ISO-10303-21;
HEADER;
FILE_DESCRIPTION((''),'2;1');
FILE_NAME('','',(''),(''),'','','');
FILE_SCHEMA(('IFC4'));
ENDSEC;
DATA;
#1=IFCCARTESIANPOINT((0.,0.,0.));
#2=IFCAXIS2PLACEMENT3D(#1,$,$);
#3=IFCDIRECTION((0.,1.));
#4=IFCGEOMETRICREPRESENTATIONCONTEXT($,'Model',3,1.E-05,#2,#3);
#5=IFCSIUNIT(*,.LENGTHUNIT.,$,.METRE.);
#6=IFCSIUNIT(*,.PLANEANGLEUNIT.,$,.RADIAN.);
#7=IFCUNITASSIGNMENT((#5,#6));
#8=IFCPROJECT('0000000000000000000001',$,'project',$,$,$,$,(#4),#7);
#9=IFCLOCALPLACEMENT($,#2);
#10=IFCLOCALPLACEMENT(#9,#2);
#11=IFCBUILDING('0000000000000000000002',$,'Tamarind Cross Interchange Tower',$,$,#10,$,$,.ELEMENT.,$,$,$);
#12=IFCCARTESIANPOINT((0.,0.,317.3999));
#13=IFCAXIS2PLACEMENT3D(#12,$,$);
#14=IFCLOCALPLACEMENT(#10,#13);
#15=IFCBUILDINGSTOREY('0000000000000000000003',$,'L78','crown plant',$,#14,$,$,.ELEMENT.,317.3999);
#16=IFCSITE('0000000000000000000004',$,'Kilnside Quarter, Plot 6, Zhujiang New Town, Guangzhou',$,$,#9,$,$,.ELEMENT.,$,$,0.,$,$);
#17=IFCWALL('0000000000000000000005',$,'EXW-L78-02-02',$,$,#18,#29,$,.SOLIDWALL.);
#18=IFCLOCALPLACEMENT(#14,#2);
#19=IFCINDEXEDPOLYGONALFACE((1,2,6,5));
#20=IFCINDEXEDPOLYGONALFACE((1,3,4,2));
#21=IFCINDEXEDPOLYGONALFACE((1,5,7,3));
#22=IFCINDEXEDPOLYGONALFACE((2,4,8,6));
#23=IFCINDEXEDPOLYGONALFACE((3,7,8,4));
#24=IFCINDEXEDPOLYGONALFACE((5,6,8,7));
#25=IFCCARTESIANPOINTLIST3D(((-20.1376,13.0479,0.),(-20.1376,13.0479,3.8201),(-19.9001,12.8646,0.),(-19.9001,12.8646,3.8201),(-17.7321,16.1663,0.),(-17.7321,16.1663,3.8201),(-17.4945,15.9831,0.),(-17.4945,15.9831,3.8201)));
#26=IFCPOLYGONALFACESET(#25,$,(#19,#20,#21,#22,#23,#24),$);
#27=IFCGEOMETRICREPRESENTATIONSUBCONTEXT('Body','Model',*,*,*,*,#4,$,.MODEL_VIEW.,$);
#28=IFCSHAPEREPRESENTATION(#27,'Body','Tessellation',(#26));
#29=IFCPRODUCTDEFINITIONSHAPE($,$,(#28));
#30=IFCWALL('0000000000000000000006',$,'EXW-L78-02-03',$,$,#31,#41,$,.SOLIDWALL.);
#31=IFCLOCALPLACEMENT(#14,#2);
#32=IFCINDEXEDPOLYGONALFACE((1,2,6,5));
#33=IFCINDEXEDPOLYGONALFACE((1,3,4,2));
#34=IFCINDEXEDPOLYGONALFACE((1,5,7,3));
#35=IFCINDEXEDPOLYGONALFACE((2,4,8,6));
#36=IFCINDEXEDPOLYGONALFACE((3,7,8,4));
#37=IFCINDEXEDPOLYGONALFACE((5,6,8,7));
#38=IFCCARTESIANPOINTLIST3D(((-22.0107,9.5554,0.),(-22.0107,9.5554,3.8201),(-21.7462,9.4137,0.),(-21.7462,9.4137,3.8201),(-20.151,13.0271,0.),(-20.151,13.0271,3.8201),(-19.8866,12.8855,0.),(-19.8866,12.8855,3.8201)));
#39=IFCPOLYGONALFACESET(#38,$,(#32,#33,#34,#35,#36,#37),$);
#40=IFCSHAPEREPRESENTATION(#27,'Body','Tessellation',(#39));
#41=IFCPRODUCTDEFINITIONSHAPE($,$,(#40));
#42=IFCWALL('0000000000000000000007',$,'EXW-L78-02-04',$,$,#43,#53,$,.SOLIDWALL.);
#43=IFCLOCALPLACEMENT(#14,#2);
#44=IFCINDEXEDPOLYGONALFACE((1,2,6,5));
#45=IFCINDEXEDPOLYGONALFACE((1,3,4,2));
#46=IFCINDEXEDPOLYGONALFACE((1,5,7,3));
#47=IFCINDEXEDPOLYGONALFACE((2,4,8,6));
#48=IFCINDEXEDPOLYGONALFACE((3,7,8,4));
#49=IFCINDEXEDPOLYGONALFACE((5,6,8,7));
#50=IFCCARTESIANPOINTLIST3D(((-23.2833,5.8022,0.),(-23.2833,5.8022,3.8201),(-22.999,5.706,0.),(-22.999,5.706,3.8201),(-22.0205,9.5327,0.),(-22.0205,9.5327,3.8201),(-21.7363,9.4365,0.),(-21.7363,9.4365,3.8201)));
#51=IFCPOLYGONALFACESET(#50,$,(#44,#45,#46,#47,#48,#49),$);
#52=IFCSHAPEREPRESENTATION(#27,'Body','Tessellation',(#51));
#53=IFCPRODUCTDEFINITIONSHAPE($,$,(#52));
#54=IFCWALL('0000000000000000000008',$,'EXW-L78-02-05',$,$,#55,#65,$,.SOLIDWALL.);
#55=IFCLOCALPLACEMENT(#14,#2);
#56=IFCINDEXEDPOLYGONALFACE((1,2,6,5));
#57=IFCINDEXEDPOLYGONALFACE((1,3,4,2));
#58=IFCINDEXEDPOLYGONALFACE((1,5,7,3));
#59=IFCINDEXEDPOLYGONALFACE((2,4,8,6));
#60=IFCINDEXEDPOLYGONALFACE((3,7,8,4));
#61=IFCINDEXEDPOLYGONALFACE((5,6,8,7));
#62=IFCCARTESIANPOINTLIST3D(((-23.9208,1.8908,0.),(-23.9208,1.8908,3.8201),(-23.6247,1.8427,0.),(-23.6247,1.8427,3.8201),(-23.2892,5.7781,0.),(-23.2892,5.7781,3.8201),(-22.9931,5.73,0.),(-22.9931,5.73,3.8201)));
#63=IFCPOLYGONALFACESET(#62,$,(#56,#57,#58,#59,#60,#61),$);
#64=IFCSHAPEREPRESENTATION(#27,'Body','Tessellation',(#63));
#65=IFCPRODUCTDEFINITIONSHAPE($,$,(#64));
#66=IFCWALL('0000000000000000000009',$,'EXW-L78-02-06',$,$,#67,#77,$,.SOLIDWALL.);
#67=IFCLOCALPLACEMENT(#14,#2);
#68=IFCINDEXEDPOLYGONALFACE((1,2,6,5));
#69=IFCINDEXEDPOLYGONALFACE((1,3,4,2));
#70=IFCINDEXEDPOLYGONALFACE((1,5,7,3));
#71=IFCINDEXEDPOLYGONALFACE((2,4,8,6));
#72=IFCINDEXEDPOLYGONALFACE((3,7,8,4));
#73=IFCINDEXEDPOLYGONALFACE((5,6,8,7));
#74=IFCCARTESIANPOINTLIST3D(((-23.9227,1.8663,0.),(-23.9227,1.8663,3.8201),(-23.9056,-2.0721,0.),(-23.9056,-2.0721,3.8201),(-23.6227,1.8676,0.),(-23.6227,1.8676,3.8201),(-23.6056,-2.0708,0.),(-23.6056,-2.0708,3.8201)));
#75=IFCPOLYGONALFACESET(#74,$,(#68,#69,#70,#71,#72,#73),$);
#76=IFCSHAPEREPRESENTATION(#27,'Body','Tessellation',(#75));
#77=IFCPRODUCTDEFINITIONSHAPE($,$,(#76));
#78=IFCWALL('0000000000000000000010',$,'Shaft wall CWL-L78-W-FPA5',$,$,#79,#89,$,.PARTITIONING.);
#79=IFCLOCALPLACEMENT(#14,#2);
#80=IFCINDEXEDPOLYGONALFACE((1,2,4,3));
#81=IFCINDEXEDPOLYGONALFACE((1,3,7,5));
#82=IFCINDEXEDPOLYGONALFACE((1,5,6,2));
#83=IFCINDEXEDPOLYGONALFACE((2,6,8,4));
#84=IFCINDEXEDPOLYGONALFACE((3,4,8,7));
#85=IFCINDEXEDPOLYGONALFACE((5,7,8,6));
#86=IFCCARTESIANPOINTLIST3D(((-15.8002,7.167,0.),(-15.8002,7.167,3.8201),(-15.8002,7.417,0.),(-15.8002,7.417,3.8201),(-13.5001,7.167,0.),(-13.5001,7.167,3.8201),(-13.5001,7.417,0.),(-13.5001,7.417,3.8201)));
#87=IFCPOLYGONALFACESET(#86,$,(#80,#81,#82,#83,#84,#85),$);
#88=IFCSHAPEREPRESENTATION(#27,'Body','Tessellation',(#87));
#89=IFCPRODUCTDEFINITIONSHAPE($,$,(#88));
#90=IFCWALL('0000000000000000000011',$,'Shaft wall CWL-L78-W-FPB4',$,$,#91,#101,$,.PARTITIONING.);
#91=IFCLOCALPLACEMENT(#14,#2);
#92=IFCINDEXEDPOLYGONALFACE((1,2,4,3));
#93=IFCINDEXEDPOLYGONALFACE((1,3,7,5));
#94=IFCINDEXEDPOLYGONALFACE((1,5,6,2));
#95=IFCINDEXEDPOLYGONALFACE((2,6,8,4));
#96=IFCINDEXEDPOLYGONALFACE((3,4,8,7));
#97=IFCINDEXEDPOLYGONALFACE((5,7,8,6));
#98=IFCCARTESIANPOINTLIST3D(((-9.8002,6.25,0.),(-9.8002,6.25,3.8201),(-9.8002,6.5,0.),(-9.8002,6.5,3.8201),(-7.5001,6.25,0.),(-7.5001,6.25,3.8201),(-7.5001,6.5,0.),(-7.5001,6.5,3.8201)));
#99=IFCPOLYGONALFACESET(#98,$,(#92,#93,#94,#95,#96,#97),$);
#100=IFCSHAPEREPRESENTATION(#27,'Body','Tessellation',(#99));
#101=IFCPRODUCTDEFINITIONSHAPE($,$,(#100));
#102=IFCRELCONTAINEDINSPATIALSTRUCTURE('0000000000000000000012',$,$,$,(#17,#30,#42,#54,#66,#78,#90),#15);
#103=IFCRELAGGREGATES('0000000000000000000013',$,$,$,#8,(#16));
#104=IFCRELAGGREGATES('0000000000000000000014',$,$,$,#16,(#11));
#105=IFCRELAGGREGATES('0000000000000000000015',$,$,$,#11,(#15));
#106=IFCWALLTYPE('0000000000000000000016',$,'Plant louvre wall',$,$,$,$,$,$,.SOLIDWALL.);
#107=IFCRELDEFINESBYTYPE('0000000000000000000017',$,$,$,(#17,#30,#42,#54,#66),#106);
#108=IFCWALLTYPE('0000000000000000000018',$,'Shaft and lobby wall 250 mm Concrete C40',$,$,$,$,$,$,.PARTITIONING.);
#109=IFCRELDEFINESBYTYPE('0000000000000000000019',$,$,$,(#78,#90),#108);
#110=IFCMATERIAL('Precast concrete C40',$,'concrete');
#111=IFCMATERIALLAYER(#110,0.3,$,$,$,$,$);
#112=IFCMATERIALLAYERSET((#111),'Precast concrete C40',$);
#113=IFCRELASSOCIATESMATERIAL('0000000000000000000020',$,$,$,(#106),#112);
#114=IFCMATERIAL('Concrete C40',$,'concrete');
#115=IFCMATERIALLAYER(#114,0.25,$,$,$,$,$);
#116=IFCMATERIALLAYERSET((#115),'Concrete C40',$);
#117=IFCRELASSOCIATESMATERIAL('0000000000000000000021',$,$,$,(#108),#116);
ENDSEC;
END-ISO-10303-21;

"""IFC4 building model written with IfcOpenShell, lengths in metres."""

from ifc_helpers import new_model, si_unit, direction, frame, frame_2d, origin, place, context, subcontext, project, spatial, rectangle, extrude, material, layer, layer_set, type_object, element, save


model = new_model("IFC4")

# Units and contexts
model_context = context("Model", 3, precision=1e-05, world=origin(), true_north=direction((0.0, 1.0)))
body_context = subcontext(model_context, "Body", "Model", "MODEL_VIEW")
ifc_project = project(units=[si_unit("LENGTHUNIT", "METRE"), si_unit("PLANEANGLEUNIT", "RADIAN")], contexts=[model_context])

# Site, building, storey
site_placement = place(None, origin())
site = spatial("IfcSite", under=ifc_project, at=site_placement, Name="Kilnside Quarter, Plot 6, Zhujiang New Town, Guangzhou", CompositionType="ELEMENT", RefElevation=0.0)
building_placement = place(site_placement, origin())
building = spatial("IfcBuilding", under=site, at=building_placement, Name="Tamarind Cross Interchange Tower", CompositionType="ELEMENT")
storey_placement = place(building_placement, frame((0.0, 0.0, 317.3999)))
storey = spatial("IfcBuildingStorey", under=building, at=storey_placement, Name="L78", Description="crown plant", CompositionType="ELEMENT", Elevation=317.3999)

# Walls
ifc_material_1 = material(Name="Precast concrete C40", Category="concrete")
ifc_layer_1 = layer(ifc_material_1, 0.3)
ifc_layer_set_1 = layer_set([ifc_layer_1], Name="Precast concrete C40")
wall_type_1 = type_object("IfcWallType", Name="Plant louvre wall", PredefinedType="SOLIDWALL", material=ifc_layer_set_1)
for number, where, z_axis, x_axis, name in (
    (1, (-17.6133, 16.0747, 0.0), (0.0, 0.0, 1.0), (-0.610786, -0.791796, 0.0), "EXW-L78-02-02"),
    (2, (-20.0188, 12.9563, 0.0), (0.0, 0.0, 1.0), (-0.47218, -0.881502, 0.0), "EXW-L78-02-03"),
    (3, (-21.8784, 9.4846, 0.0), (0.0, 0.0, 1.0), (-0.320613, -0.94721, 0.0), "EXW-L78-02-04"),
):
    element("IfcWall", number, at=place(storey_placement, frame(where, z_axis=z_axis, x_axis=x_axis)), inside=storey, type_object=wall_type_1, Name=name, PredefinedType="SOLIDWALL", context=body_context, shape_type="SweptSolid", body=[
        extrude(rectangle(XDim=3.9385, YDim=0.3, at=frame_2d((1.9692, 0.0))), origin(), (0.0, 0.0, 1.0), 3.8201),
    ])
wall_1_placement = place(storey_placement, frame((-23.1411, 5.7542, 0.0), z_axis=(0.0, 0.0, 1.0), x_axis=(-0.160376, -0.987056, 0.0)))
element("IfcWall", 4, at=wall_1_placement, inside=storey, type_object=wall_type_1, Name="EXW-L78-02-05", PredefinedType="SOLIDWALL", context=body_context, shape_type="SweptSolid", body=[
    extrude(rectangle(XDim=3.9382, YDim=0.3, at=frame_2d((1.9692, 0.0))), origin(), (0.0, 0.0, 1.0), 3.8201),
])
wall_2_placement = place(storey_placement, frame((-23.7727, 1.8669, 0.0), z_axis=(0.0, 0.0, 1.0), x_axis=(0.004339, -0.999991, 0.0)))
element("IfcWall", 5, at=wall_2_placement, inside=storey, type_object=wall_type_1, Name="EXW-L78-02-06", PredefinedType="SOLIDWALL", context=body_context, shape_type="SweptSolid", body=[
    extrude(rectangle(XDim=3.9385, YDim=0.3, at=frame_2d((1.9692, 0.0))), origin(), (0.0, 0.0, 1.0), 3.8201),
])
ifc_material_2 = material(Name="Concrete C40", Category="concrete")
ifc_layer_2 = layer(ifc_material_2, 0.25)
ifc_layer_set_2 = layer_set([ifc_layer_2], Name="Concrete C40")
wall_type_2 = type_object("IfcWallType", Name="Shaft and lobby wall 250 mm Concrete C40", PredefinedType="PARTITIONING", material=ifc_layer_set_2)
for number, where, z_axis, x_axis, name in (
    (6, (-15.8, 7.292, 0.0), (0.0, 0.0, 1.0), (1.0, 0.0, 0.0), "Shaft wall CWL-L78-W-FPA5"),
    (7, (-9.8, 6.375, 0.0), (0.0, 0.0, 1.0), (1.0, 0.0, 0.0), "Shaft wall CWL-L78-W-FPB4"),
):
    element("IfcWall", number, at=place(storey_placement, frame(where, z_axis=z_axis, x_axis=x_axis)), inside=storey, type_object=wall_type_2, Name=name, PredefinedType="PARTITIONING", context=body_context, shape_type="SweptSolid", body=[
        extrude(rectangle(XDim=2.3, YDim=0.25, at=frame_2d((1.1499, 0.0))), origin(), (0.0, 0.0, 1.0), 3.8201),
    ])

save(model, "model.ifc")
